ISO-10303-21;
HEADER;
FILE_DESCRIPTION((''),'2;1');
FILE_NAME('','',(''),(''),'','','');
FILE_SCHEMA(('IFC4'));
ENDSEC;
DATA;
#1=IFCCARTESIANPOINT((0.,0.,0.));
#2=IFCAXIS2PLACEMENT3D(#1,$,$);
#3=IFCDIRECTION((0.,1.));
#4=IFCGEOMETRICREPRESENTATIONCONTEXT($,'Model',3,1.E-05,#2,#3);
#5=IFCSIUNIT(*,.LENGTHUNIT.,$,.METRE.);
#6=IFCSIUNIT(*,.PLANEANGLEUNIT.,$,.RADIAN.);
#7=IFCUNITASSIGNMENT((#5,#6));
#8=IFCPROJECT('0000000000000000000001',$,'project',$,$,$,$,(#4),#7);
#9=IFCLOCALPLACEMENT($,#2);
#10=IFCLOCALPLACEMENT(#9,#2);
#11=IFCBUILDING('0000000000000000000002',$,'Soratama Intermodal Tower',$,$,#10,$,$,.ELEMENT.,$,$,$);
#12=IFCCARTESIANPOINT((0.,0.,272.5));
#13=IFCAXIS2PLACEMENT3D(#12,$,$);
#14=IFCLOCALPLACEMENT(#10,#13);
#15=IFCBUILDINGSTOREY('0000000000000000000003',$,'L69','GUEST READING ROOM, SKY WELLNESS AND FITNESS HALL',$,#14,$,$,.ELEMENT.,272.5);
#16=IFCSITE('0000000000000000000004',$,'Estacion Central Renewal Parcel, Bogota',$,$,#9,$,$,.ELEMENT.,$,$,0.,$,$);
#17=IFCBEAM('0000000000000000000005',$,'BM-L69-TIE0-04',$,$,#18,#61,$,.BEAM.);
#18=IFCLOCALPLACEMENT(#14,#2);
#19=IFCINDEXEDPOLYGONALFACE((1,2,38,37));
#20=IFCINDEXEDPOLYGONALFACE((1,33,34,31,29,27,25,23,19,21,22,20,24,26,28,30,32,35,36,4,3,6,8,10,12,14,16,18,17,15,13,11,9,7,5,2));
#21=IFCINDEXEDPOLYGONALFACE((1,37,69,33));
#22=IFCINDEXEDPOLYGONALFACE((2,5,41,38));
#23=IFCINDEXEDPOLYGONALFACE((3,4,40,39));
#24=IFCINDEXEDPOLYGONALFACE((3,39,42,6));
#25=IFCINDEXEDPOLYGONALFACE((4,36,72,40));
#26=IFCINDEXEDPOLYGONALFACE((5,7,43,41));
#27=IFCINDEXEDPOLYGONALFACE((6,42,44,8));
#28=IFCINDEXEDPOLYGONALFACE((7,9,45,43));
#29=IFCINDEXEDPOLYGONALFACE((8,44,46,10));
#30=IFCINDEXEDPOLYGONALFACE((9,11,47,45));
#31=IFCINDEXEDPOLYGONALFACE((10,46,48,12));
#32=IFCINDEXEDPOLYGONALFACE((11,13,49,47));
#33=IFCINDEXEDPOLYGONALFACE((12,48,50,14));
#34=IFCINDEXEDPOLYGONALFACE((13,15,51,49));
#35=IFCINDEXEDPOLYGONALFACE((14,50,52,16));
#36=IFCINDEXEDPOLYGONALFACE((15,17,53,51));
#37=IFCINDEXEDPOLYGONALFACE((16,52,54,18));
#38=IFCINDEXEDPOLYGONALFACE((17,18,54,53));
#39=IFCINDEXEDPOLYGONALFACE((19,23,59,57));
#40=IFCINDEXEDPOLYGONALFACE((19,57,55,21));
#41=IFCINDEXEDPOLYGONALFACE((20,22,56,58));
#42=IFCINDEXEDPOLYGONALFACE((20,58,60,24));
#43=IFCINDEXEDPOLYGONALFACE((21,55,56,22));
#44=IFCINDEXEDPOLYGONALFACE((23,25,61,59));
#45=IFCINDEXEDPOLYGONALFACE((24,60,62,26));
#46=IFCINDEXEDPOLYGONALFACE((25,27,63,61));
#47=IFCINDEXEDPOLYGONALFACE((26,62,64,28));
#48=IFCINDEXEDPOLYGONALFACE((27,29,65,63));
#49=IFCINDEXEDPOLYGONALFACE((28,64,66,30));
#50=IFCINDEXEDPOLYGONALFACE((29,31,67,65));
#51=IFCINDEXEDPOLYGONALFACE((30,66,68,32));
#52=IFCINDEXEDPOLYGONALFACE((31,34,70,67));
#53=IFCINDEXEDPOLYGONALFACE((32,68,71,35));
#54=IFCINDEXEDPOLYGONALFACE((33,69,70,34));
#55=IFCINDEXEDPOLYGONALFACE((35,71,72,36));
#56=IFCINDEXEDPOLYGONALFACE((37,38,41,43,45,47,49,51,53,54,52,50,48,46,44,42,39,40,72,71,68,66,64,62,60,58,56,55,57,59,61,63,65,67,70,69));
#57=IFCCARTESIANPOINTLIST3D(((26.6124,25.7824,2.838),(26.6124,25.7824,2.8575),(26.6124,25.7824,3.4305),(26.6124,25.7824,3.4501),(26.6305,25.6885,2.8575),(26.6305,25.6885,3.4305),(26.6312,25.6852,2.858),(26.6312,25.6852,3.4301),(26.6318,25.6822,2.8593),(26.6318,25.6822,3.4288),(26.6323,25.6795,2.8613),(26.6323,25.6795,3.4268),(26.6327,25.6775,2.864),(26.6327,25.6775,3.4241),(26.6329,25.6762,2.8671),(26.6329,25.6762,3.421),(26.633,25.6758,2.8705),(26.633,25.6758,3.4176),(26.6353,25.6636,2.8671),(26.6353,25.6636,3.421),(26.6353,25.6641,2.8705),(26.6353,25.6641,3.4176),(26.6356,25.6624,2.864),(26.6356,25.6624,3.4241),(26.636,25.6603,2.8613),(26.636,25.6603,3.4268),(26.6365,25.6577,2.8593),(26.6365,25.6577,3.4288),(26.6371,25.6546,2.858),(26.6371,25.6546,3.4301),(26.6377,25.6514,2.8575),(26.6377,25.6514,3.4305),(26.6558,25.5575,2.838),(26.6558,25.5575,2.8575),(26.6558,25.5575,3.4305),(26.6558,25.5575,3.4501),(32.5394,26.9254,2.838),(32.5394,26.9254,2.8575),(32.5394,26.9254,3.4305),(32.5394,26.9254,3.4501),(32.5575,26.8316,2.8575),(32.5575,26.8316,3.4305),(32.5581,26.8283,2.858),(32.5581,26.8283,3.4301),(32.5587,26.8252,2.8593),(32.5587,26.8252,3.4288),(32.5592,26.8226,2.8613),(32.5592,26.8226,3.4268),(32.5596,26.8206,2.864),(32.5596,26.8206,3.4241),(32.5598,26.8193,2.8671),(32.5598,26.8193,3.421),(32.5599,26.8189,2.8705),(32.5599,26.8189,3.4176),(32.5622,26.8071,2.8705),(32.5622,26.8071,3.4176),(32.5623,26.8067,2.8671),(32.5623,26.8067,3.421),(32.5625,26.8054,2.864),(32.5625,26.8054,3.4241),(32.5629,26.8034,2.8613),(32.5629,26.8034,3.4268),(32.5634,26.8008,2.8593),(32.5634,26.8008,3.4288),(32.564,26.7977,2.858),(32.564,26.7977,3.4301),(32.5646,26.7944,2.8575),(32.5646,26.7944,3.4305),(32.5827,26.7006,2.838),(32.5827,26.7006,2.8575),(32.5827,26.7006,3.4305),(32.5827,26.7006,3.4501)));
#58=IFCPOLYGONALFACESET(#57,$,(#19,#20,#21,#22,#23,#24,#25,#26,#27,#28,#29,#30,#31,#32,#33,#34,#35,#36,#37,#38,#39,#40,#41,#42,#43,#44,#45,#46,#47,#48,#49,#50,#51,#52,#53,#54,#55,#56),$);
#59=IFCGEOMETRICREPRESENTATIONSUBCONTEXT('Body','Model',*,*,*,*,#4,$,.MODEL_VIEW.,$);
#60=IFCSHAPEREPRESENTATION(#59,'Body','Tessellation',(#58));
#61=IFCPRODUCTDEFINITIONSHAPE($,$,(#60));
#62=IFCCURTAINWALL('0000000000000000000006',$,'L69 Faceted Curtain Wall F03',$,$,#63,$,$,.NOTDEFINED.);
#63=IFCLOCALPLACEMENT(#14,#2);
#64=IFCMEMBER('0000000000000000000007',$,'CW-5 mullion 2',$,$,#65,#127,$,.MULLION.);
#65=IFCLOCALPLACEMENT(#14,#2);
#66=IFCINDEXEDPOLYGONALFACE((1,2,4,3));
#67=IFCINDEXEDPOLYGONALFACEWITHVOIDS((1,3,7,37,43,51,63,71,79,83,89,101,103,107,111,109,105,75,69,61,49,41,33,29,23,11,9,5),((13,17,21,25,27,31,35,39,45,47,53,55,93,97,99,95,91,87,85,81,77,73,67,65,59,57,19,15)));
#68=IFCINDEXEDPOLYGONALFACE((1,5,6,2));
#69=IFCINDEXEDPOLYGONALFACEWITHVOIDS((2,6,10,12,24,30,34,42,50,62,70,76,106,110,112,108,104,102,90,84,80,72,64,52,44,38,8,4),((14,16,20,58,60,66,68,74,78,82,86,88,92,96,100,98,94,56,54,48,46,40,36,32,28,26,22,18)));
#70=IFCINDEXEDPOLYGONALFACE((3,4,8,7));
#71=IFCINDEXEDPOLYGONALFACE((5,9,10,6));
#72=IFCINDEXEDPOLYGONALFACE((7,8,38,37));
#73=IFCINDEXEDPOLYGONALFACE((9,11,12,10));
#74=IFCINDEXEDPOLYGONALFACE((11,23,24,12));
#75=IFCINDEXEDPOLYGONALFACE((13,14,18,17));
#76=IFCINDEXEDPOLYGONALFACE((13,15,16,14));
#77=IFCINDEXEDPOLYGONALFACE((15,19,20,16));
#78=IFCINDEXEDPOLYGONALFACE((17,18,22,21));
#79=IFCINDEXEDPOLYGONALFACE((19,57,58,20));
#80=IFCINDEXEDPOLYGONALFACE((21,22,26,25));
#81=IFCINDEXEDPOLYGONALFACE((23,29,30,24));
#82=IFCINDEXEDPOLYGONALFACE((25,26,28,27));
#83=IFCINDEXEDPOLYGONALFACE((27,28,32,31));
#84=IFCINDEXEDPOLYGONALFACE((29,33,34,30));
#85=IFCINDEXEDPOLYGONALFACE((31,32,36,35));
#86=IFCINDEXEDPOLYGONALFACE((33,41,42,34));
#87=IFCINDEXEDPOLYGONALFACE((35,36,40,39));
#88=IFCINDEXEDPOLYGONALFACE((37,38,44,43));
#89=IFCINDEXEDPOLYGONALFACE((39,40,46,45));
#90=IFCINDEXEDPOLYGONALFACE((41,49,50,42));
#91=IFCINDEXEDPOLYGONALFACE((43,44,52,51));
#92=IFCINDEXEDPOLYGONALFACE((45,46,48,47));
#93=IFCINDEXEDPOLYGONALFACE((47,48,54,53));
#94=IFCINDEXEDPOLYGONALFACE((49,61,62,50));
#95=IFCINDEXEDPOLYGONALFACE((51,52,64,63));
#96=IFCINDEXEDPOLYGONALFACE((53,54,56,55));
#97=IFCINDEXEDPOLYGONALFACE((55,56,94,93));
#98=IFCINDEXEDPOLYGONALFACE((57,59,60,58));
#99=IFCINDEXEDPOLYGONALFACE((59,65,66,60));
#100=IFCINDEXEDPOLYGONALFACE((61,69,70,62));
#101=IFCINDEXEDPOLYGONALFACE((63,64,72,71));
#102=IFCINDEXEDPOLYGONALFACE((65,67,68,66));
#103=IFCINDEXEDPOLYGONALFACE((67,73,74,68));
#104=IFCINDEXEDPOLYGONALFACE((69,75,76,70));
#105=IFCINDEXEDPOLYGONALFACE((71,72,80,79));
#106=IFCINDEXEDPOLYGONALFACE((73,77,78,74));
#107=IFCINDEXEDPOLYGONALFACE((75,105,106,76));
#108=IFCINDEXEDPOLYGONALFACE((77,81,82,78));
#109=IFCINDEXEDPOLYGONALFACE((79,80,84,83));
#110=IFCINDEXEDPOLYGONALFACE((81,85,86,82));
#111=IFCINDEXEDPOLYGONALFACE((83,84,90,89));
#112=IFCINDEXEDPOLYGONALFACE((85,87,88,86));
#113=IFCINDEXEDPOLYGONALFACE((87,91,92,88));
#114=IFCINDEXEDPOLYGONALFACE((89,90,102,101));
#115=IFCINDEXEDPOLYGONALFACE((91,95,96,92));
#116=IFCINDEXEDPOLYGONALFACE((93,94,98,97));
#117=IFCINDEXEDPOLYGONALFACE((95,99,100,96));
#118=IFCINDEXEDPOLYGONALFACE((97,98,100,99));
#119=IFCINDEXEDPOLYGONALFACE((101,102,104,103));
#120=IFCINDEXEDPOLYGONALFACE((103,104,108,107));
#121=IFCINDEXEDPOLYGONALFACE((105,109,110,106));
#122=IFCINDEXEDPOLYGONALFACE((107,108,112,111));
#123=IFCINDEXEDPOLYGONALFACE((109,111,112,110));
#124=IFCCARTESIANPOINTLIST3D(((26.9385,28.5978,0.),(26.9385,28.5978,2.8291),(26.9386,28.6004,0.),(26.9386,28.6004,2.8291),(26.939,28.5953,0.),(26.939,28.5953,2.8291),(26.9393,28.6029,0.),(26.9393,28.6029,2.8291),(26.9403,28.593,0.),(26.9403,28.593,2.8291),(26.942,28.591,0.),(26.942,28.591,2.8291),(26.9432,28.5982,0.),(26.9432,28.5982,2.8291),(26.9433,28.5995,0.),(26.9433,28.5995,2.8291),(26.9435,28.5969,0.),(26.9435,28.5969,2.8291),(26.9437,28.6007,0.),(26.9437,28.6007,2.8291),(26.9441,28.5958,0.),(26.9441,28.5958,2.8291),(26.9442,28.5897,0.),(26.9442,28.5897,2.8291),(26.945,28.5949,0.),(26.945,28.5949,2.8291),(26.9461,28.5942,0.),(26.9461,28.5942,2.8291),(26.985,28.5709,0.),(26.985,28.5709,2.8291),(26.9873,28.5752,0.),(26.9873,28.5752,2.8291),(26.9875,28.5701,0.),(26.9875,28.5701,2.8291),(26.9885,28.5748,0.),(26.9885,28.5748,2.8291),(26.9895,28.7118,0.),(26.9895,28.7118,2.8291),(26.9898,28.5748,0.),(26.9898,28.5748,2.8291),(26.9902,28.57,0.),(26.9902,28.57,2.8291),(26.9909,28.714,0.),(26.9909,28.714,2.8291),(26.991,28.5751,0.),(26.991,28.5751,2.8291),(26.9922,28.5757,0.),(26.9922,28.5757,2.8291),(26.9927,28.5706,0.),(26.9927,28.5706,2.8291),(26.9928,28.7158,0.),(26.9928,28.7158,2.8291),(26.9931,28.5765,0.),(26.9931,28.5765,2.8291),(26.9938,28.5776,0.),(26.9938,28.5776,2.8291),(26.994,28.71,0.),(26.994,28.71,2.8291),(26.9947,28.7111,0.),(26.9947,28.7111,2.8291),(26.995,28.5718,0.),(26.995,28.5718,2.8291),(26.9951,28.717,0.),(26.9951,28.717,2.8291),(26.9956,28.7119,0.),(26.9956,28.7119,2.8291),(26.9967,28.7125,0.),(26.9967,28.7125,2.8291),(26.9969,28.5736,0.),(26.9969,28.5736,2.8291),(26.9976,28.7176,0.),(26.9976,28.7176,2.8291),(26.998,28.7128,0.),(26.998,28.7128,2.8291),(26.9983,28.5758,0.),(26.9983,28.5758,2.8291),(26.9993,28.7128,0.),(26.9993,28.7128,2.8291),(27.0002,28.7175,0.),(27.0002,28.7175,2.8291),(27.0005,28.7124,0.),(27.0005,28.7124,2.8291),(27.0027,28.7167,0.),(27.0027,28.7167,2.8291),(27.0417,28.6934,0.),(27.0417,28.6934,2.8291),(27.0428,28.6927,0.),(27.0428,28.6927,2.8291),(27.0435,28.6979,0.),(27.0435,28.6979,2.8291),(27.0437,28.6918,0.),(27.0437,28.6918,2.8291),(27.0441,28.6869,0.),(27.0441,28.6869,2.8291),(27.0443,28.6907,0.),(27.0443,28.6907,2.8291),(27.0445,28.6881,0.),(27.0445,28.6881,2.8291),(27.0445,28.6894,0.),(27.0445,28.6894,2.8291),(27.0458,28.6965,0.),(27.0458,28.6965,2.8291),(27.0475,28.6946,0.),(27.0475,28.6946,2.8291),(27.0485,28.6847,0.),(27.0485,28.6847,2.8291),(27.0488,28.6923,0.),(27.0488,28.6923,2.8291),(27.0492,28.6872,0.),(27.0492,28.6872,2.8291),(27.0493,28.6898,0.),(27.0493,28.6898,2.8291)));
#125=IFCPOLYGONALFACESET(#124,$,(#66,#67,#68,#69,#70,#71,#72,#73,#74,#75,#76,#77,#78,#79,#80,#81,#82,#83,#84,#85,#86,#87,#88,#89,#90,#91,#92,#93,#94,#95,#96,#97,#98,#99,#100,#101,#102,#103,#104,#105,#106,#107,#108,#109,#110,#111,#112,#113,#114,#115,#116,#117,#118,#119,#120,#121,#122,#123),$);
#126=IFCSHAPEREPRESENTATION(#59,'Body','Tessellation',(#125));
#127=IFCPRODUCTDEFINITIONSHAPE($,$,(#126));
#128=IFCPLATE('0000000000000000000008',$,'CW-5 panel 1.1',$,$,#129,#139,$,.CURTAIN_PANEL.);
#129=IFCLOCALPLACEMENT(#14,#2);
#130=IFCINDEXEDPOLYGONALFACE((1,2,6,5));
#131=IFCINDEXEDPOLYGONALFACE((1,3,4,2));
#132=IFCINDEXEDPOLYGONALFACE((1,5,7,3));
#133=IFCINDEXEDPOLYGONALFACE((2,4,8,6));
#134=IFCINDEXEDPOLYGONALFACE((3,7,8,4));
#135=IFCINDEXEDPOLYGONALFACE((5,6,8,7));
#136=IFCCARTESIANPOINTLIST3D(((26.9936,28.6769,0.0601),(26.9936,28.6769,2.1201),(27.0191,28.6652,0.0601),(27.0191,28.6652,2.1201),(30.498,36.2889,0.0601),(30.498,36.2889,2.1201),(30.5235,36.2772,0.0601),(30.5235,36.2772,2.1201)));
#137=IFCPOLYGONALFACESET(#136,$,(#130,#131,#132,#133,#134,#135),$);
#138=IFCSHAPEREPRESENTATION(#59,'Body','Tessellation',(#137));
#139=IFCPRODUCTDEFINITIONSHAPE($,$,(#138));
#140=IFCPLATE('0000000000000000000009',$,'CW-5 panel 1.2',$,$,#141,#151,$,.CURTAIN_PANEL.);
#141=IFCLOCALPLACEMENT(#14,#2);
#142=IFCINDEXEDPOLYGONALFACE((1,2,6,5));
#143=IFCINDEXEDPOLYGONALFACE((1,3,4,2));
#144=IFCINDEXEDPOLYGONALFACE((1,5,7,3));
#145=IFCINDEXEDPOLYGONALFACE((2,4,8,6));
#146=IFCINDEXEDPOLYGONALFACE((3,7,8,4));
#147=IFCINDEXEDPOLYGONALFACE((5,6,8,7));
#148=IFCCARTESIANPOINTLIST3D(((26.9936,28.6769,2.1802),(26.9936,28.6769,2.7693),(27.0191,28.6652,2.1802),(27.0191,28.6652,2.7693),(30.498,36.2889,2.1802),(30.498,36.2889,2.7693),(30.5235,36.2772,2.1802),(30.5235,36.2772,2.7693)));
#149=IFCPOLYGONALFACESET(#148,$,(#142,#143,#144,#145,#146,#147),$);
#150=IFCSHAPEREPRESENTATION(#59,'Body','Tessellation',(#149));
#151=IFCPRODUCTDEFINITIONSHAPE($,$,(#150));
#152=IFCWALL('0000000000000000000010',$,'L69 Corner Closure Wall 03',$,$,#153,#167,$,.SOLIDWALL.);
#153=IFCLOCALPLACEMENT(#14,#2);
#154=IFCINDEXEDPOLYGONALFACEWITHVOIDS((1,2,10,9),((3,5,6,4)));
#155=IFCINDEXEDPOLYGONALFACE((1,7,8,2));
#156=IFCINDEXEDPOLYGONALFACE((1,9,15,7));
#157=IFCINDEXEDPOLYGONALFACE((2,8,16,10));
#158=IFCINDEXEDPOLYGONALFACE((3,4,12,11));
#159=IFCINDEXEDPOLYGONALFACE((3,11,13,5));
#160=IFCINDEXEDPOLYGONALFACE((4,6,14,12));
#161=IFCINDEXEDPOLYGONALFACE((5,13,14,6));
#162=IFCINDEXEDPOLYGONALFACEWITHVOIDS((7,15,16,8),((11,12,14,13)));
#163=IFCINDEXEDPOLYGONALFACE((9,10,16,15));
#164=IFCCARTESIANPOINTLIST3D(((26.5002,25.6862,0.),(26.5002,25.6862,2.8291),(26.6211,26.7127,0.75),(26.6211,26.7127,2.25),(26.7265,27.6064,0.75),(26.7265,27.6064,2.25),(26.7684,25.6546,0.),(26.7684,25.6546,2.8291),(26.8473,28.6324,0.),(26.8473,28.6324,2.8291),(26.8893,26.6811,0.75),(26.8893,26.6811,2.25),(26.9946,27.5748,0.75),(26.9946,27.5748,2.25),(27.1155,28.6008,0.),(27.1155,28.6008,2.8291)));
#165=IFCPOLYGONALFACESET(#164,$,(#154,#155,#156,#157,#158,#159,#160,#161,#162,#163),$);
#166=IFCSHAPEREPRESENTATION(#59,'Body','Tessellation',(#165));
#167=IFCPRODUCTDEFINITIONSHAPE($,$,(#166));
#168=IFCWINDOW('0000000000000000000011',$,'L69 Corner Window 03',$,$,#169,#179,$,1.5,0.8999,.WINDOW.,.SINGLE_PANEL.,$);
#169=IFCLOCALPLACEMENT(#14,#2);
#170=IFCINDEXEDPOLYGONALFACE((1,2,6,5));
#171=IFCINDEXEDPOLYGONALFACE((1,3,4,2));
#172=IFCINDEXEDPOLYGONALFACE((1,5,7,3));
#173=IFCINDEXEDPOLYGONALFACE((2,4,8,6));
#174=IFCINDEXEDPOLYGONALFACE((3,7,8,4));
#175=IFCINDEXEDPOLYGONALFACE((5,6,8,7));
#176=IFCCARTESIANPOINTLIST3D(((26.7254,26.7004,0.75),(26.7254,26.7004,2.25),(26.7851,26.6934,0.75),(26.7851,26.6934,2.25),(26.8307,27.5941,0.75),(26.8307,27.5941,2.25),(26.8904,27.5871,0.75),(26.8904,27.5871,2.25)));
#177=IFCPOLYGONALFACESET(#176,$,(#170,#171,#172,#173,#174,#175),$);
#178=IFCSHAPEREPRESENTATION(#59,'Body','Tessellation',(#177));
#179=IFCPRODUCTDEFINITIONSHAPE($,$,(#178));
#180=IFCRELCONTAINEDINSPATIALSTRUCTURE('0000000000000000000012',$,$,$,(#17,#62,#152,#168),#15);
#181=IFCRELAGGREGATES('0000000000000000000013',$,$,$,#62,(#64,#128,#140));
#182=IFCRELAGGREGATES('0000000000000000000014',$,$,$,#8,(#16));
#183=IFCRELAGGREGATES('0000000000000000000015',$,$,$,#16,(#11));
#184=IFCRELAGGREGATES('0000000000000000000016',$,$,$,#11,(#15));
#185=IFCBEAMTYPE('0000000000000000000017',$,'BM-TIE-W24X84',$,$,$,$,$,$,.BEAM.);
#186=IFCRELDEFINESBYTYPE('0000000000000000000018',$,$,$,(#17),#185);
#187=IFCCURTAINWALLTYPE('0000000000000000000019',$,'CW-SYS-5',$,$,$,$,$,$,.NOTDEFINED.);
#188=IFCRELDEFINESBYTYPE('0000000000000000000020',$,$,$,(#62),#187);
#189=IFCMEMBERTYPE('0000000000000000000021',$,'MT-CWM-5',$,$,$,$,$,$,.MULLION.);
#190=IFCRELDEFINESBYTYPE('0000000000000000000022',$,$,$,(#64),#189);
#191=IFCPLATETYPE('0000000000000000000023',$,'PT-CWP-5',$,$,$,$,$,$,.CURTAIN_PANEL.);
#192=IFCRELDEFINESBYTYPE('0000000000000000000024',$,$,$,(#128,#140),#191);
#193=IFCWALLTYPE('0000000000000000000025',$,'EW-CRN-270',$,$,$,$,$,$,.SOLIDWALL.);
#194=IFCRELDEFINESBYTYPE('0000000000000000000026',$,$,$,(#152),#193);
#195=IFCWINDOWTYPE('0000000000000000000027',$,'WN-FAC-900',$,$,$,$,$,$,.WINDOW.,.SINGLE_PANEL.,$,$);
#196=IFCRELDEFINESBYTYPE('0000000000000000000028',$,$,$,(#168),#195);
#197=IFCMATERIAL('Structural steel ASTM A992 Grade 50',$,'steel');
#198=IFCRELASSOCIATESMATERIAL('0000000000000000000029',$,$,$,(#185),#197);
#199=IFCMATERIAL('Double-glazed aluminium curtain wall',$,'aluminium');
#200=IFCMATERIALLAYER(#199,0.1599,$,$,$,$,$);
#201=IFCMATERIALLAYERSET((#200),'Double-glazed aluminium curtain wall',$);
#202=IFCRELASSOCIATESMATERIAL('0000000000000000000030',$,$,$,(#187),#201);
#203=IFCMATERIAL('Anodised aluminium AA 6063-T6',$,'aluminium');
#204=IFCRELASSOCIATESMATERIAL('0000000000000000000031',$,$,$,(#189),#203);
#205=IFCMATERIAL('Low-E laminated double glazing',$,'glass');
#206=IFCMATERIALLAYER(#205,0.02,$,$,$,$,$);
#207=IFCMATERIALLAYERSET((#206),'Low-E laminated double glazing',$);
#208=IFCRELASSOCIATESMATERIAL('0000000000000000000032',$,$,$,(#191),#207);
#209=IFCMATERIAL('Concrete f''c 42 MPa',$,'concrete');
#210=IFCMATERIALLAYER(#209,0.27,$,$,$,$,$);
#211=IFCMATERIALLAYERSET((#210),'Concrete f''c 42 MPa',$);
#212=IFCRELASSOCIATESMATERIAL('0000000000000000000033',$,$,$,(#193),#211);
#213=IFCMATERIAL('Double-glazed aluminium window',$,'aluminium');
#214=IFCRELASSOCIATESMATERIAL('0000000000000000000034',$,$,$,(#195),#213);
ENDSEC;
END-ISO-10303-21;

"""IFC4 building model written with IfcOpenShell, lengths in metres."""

from ifc_helpers import new_model, si_unit, direction, frame, frame_2d, origin, origin_2d, place, context, subcontext, project, spatial, rectangle, hollow_rectangle, i_section, extrude, material, layer, layer_set, material_profile, profile_set, type_object, element, fill, aggregate, save


model = new_model("IFC4")

# Units and contexts
model_context = context("Model", 3, precision=1e-05, world=origin(), true_north=direction((0.0, 1.0)))
body_context = subcontext(model_context, "Body", "Model", "MODEL_VIEW")
ifc_project = project(units=[si_unit("LENGTHUNIT", "METRE"), si_unit("PLANEANGLEUNIT", "RADIAN")], contexts=[model_context])

# Site, building, storey
site_placement = place(None, origin())
site = spatial("IfcSite", under=ifc_project, at=site_placement, Name="Estacion Central Renewal Parcel, Bogota", CompositionType="ELEMENT", RefElevation=0.0)
building_placement = place(site_placement, origin())
building = spatial("IfcBuilding", under=site, at=building_placement, Name="Soratama Intermodal Tower", CompositionType="ELEMENT")
storey_placement = place(building_placement, frame((0.0, 0.0, 272.5)))
storey = spatial("IfcBuildingStorey", under=building, at=storey_placement, Name="L69", Description="GUEST READING ROOM, SKY WELLNESS AND FITNESS HALL", CompositionType="ELEMENT", Elevation=272.5)

# Beam
ifc_material_1 = material(Name="Structural steel ASTM A992 Grade 50", Category="steel")
ifc_material_profile_1 = material_profile(ifc_material_1, i_section(OverallWidth=0.229, OverallDepth=0.6121, WebThickness=0.012, FlangeThickness=0.0195, FilletRadius=0.0129, at=origin_2d()), Name="W24X84")
ifc_profile_set_1 = profile_set([ifc_material_profile_1], Name="Structural steel ASTM A992 Grade 50")
beam_type_1 = type_object("IfcBeamType", Name="BM-TIE-W24X84", PredefinedType="BEAM", material=ifc_profile_set_1)
beam_1_placement = place(storey_placement, frame((32.561, 26.813, 3.144), z_axis=(-0.981906, -0.189368, 0.0), x_axis=(0.189368, -0.981906, 0.0)))
element("IfcBeam", 1, at=beam_1_placement, inside=storey, type_object=beam_type_1, Name="BM-L69-TIE0-04", PredefinedType="BEAM", context=body_context, shape_type="SweptSolid", body=[
    extrude(i_section(OverallWidth=0.229, OverallDepth=0.6121, WebThickness=0.012, FlangeThickness=0.0195, FilletRadius=0.0129, at=origin_2d()), origin(), (0.0, 0.0, 1.0), 6.0361),
])

# Curtain wall, member, plates
ifc_material_2 = material(Name="Double-glazed aluminium curtain wall", Category="aluminium")
ifc_layer_1 = layer(ifc_material_2, 0.1599)
ifc_layer_set_1 = layer_set([ifc_layer_1], Name="Double-glazed aluminium curtain wall")
curtain_wall_type = type_object("IfcCurtainWallType", Name="CW-SYS-5", PredefinedType="NOTDEFINED", material=ifc_layer_set_1)
curtain_wall_placement = place(storey_placement, origin())
curtain_wall = element("IfcCurtainWall", 2, at=curtain_wall_placement, inside=storey, type_object=curtain_wall_type, Name="L69 Faceted Curtain Wall F03", PredefinedType="NOTDEFINED")
ifc_material_3 = material(Name="Anodised aluminium AA 6063-T6", Category="aluminium")
ifc_material_profile_2 = material_profile(ifc_material_3, hollow_rectangle(XDim=0.0649, YDim=0.1399, WallThickness=0.0049, InnerFilletRadius=0.0049, OuterFilletRadius=0.01, at=origin_2d()), Name="CWM140X65X5")
ifc_profile_set_2 = profile_set([ifc_material_profile_2], Name="Anodised aluminium AA 6063-T6")
member_type = type_object("IfcMemberType", Name="MT-CWM-5", PredefinedType="MULLION", material=ifc_profile_set_2)
member_placement = place(storey_placement, frame((26.9939, 28.6438, 0.0), z_axis=(0.0, 0.0, 1.0), x_axis=(0.908361, -0.418186, 0.0)))
member = element("IfcMember", 3, at=member_placement, type_object=member_type, Name="CW-5 mullion 2", PredefinedType="MULLION", context=body_context, shape_type="SweptSolid", body=[
    extrude(hollow_rectangle(XDim=0.0649, YDim=0.1399, WallThickness=0.0049, InnerFilletRadius=0.0049, OuterFilletRadius=0.01, at=origin_2d()), origin(), (0.0, 0.0, 1.0), 2.8291),
])
ifc_material_4 = material(Name="Low-E laminated double glazing", Category="glass")
ifc_layer_2 = layer(ifc_material_4, 0.02)
ifc_layer_set_2 = layer_set([ifc_layer_2], Name="Low-E laminated double glazing")
plate_type = type_object("IfcPlateType", Name="PT-CWP-5", PredefinedType="CURTAIN_PANEL", material=ifc_layer_set_2)
plate_1_placement = place(storey_placement, frame((28.7585, 32.4771, 0.0601), z_axis=(0.0, 0.0, 1.0), x_axis=(-0.418186, -0.908361, 0.0)))
plate_1 = element("IfcPlate", 4, at=plate_1_placement, type_object=plate_type, Name="CW-5 panel 1.1", PredefinedType="CURTAIN_PANEL", context=body_context, shape_type="SweptSolid", body=[
    extrude(rectangle(XDim=8.3799, YDim=0.0281, at=origin_2d()), origin(), (0.0, 0.0, 1.0), 2.0601),
])
plate_2_placement = place(storey_placement, frame((28.7585, 32.4771, 2.1802), z_axis=(0.0, 0.0, 1.0), x_axis=(-0.418186, -0.908361, 0.0)))
plate_2 = element("IfcPlate", 5, at=plate_2_placement, type_object=plate_type, Name="CW-5 panel 1.2", PredefinedType="CURTAIN_PANEL", context=body_context, shape_type="SweptSolid", body=[
    extrude(rectangle(XDim=8.3799, YDim=0.0281, at=origin_2d()), origin(), (0.0, 0.0, 1.0), 0.5891),
])
aggregate(curtain_wall, [member, plate_1, plate_2])

# Wall, opening, window
ifc_material_5 = material(Name="Concrete f'c 42 MPa", Category="concrete")
ifc_layer_3 = layer(ifc_material_5, 0.27)
ifc_layer_set_3 = layer_set([ifc_layer_3], Name="Concrete f'c 42 MPa")
wall_type_1 = type_object("IfcWallType", Name="EW-CRN-270", PredefinedType="SOLIDWALL", material=ifc_layer_set_3)
wall_1_placement = place(storey_placement, frame((26.9814, 28.6167, 0.0), z_axis=(0.0, 0.0, 1.0), x_axis=(-0.117023, -0.993129, 0.0)))
wall_1 = element("IfcWall", 6, at=wall_1_placement, inside=storey, type_object=wall_type_1, Name="L69 Corner Closure Wall 03", PredefinedType="SOLIDWALL", context=body_context, shape_type="SweptSolid", body=[
    extrude(rectangle(XDim=2.9666, YDim=0.27, at=frame_2d((1.4834, 0.0))), origin(), (0.0, 0.0, 1.0), 2.8291),
])
opening_1_placement = place(wall_1_placement, frame((1.0332, 0.0, 0.75)))
opening_1 = element("IfcOpeningElement", 7, at=opening_1_placement, cuts=wall_1, PredefinedType="OPENING", context=body_context, shape_type="SweptSolid", body=[
    extrude(rectangle(XDim=0.8999, YDim=1.5, at=frame_2d((0.45, 0.75))), frame((0.0, 0.145, 0.0), z_axis=(0.0, -1.0, 0.0), x_axis=(1.0, 0.0, 0.0)), (0.0, 0.0, 1.0), 0.29),
])
ifc_material_6 = material(Name="Double-glazed aluminium window", Category="aluminium")
window_type_1 = type_object("IfcWindowType", Name="WN-FAC-900", PartitioningType="SINGLE_PANEL", PredefinedType="WINDOW", material=ifc_material_6)
window_1_placement = place(opening_1_placement, origin())
window_1 = element("IfcWindow", 8, at=window_1_placement, inside=storey, type_object=window_type_1, Name="L69 Corner Window 03", OverallHeight=1.5, OverallWidth=0.8999, PartitioningType="SINGLE_PANEL", PredefinedType="WINDOW", context=body_context, shape_type="SweptSolid", body=[
    extrude(rectangle(XDim=0.8999, YDim=1.5, at=frame_2d((0.45, 0.75))), frame((0.0, 0.03, 0.0), z_axis=(0.0, -1.0, 0.0), x_axis=(1.0, 0.0, 0.0)), (0.0, 0.0, 1.0), 0.0601),
])
fill(opening_1, window_1)

save(model, "model.ifc")
